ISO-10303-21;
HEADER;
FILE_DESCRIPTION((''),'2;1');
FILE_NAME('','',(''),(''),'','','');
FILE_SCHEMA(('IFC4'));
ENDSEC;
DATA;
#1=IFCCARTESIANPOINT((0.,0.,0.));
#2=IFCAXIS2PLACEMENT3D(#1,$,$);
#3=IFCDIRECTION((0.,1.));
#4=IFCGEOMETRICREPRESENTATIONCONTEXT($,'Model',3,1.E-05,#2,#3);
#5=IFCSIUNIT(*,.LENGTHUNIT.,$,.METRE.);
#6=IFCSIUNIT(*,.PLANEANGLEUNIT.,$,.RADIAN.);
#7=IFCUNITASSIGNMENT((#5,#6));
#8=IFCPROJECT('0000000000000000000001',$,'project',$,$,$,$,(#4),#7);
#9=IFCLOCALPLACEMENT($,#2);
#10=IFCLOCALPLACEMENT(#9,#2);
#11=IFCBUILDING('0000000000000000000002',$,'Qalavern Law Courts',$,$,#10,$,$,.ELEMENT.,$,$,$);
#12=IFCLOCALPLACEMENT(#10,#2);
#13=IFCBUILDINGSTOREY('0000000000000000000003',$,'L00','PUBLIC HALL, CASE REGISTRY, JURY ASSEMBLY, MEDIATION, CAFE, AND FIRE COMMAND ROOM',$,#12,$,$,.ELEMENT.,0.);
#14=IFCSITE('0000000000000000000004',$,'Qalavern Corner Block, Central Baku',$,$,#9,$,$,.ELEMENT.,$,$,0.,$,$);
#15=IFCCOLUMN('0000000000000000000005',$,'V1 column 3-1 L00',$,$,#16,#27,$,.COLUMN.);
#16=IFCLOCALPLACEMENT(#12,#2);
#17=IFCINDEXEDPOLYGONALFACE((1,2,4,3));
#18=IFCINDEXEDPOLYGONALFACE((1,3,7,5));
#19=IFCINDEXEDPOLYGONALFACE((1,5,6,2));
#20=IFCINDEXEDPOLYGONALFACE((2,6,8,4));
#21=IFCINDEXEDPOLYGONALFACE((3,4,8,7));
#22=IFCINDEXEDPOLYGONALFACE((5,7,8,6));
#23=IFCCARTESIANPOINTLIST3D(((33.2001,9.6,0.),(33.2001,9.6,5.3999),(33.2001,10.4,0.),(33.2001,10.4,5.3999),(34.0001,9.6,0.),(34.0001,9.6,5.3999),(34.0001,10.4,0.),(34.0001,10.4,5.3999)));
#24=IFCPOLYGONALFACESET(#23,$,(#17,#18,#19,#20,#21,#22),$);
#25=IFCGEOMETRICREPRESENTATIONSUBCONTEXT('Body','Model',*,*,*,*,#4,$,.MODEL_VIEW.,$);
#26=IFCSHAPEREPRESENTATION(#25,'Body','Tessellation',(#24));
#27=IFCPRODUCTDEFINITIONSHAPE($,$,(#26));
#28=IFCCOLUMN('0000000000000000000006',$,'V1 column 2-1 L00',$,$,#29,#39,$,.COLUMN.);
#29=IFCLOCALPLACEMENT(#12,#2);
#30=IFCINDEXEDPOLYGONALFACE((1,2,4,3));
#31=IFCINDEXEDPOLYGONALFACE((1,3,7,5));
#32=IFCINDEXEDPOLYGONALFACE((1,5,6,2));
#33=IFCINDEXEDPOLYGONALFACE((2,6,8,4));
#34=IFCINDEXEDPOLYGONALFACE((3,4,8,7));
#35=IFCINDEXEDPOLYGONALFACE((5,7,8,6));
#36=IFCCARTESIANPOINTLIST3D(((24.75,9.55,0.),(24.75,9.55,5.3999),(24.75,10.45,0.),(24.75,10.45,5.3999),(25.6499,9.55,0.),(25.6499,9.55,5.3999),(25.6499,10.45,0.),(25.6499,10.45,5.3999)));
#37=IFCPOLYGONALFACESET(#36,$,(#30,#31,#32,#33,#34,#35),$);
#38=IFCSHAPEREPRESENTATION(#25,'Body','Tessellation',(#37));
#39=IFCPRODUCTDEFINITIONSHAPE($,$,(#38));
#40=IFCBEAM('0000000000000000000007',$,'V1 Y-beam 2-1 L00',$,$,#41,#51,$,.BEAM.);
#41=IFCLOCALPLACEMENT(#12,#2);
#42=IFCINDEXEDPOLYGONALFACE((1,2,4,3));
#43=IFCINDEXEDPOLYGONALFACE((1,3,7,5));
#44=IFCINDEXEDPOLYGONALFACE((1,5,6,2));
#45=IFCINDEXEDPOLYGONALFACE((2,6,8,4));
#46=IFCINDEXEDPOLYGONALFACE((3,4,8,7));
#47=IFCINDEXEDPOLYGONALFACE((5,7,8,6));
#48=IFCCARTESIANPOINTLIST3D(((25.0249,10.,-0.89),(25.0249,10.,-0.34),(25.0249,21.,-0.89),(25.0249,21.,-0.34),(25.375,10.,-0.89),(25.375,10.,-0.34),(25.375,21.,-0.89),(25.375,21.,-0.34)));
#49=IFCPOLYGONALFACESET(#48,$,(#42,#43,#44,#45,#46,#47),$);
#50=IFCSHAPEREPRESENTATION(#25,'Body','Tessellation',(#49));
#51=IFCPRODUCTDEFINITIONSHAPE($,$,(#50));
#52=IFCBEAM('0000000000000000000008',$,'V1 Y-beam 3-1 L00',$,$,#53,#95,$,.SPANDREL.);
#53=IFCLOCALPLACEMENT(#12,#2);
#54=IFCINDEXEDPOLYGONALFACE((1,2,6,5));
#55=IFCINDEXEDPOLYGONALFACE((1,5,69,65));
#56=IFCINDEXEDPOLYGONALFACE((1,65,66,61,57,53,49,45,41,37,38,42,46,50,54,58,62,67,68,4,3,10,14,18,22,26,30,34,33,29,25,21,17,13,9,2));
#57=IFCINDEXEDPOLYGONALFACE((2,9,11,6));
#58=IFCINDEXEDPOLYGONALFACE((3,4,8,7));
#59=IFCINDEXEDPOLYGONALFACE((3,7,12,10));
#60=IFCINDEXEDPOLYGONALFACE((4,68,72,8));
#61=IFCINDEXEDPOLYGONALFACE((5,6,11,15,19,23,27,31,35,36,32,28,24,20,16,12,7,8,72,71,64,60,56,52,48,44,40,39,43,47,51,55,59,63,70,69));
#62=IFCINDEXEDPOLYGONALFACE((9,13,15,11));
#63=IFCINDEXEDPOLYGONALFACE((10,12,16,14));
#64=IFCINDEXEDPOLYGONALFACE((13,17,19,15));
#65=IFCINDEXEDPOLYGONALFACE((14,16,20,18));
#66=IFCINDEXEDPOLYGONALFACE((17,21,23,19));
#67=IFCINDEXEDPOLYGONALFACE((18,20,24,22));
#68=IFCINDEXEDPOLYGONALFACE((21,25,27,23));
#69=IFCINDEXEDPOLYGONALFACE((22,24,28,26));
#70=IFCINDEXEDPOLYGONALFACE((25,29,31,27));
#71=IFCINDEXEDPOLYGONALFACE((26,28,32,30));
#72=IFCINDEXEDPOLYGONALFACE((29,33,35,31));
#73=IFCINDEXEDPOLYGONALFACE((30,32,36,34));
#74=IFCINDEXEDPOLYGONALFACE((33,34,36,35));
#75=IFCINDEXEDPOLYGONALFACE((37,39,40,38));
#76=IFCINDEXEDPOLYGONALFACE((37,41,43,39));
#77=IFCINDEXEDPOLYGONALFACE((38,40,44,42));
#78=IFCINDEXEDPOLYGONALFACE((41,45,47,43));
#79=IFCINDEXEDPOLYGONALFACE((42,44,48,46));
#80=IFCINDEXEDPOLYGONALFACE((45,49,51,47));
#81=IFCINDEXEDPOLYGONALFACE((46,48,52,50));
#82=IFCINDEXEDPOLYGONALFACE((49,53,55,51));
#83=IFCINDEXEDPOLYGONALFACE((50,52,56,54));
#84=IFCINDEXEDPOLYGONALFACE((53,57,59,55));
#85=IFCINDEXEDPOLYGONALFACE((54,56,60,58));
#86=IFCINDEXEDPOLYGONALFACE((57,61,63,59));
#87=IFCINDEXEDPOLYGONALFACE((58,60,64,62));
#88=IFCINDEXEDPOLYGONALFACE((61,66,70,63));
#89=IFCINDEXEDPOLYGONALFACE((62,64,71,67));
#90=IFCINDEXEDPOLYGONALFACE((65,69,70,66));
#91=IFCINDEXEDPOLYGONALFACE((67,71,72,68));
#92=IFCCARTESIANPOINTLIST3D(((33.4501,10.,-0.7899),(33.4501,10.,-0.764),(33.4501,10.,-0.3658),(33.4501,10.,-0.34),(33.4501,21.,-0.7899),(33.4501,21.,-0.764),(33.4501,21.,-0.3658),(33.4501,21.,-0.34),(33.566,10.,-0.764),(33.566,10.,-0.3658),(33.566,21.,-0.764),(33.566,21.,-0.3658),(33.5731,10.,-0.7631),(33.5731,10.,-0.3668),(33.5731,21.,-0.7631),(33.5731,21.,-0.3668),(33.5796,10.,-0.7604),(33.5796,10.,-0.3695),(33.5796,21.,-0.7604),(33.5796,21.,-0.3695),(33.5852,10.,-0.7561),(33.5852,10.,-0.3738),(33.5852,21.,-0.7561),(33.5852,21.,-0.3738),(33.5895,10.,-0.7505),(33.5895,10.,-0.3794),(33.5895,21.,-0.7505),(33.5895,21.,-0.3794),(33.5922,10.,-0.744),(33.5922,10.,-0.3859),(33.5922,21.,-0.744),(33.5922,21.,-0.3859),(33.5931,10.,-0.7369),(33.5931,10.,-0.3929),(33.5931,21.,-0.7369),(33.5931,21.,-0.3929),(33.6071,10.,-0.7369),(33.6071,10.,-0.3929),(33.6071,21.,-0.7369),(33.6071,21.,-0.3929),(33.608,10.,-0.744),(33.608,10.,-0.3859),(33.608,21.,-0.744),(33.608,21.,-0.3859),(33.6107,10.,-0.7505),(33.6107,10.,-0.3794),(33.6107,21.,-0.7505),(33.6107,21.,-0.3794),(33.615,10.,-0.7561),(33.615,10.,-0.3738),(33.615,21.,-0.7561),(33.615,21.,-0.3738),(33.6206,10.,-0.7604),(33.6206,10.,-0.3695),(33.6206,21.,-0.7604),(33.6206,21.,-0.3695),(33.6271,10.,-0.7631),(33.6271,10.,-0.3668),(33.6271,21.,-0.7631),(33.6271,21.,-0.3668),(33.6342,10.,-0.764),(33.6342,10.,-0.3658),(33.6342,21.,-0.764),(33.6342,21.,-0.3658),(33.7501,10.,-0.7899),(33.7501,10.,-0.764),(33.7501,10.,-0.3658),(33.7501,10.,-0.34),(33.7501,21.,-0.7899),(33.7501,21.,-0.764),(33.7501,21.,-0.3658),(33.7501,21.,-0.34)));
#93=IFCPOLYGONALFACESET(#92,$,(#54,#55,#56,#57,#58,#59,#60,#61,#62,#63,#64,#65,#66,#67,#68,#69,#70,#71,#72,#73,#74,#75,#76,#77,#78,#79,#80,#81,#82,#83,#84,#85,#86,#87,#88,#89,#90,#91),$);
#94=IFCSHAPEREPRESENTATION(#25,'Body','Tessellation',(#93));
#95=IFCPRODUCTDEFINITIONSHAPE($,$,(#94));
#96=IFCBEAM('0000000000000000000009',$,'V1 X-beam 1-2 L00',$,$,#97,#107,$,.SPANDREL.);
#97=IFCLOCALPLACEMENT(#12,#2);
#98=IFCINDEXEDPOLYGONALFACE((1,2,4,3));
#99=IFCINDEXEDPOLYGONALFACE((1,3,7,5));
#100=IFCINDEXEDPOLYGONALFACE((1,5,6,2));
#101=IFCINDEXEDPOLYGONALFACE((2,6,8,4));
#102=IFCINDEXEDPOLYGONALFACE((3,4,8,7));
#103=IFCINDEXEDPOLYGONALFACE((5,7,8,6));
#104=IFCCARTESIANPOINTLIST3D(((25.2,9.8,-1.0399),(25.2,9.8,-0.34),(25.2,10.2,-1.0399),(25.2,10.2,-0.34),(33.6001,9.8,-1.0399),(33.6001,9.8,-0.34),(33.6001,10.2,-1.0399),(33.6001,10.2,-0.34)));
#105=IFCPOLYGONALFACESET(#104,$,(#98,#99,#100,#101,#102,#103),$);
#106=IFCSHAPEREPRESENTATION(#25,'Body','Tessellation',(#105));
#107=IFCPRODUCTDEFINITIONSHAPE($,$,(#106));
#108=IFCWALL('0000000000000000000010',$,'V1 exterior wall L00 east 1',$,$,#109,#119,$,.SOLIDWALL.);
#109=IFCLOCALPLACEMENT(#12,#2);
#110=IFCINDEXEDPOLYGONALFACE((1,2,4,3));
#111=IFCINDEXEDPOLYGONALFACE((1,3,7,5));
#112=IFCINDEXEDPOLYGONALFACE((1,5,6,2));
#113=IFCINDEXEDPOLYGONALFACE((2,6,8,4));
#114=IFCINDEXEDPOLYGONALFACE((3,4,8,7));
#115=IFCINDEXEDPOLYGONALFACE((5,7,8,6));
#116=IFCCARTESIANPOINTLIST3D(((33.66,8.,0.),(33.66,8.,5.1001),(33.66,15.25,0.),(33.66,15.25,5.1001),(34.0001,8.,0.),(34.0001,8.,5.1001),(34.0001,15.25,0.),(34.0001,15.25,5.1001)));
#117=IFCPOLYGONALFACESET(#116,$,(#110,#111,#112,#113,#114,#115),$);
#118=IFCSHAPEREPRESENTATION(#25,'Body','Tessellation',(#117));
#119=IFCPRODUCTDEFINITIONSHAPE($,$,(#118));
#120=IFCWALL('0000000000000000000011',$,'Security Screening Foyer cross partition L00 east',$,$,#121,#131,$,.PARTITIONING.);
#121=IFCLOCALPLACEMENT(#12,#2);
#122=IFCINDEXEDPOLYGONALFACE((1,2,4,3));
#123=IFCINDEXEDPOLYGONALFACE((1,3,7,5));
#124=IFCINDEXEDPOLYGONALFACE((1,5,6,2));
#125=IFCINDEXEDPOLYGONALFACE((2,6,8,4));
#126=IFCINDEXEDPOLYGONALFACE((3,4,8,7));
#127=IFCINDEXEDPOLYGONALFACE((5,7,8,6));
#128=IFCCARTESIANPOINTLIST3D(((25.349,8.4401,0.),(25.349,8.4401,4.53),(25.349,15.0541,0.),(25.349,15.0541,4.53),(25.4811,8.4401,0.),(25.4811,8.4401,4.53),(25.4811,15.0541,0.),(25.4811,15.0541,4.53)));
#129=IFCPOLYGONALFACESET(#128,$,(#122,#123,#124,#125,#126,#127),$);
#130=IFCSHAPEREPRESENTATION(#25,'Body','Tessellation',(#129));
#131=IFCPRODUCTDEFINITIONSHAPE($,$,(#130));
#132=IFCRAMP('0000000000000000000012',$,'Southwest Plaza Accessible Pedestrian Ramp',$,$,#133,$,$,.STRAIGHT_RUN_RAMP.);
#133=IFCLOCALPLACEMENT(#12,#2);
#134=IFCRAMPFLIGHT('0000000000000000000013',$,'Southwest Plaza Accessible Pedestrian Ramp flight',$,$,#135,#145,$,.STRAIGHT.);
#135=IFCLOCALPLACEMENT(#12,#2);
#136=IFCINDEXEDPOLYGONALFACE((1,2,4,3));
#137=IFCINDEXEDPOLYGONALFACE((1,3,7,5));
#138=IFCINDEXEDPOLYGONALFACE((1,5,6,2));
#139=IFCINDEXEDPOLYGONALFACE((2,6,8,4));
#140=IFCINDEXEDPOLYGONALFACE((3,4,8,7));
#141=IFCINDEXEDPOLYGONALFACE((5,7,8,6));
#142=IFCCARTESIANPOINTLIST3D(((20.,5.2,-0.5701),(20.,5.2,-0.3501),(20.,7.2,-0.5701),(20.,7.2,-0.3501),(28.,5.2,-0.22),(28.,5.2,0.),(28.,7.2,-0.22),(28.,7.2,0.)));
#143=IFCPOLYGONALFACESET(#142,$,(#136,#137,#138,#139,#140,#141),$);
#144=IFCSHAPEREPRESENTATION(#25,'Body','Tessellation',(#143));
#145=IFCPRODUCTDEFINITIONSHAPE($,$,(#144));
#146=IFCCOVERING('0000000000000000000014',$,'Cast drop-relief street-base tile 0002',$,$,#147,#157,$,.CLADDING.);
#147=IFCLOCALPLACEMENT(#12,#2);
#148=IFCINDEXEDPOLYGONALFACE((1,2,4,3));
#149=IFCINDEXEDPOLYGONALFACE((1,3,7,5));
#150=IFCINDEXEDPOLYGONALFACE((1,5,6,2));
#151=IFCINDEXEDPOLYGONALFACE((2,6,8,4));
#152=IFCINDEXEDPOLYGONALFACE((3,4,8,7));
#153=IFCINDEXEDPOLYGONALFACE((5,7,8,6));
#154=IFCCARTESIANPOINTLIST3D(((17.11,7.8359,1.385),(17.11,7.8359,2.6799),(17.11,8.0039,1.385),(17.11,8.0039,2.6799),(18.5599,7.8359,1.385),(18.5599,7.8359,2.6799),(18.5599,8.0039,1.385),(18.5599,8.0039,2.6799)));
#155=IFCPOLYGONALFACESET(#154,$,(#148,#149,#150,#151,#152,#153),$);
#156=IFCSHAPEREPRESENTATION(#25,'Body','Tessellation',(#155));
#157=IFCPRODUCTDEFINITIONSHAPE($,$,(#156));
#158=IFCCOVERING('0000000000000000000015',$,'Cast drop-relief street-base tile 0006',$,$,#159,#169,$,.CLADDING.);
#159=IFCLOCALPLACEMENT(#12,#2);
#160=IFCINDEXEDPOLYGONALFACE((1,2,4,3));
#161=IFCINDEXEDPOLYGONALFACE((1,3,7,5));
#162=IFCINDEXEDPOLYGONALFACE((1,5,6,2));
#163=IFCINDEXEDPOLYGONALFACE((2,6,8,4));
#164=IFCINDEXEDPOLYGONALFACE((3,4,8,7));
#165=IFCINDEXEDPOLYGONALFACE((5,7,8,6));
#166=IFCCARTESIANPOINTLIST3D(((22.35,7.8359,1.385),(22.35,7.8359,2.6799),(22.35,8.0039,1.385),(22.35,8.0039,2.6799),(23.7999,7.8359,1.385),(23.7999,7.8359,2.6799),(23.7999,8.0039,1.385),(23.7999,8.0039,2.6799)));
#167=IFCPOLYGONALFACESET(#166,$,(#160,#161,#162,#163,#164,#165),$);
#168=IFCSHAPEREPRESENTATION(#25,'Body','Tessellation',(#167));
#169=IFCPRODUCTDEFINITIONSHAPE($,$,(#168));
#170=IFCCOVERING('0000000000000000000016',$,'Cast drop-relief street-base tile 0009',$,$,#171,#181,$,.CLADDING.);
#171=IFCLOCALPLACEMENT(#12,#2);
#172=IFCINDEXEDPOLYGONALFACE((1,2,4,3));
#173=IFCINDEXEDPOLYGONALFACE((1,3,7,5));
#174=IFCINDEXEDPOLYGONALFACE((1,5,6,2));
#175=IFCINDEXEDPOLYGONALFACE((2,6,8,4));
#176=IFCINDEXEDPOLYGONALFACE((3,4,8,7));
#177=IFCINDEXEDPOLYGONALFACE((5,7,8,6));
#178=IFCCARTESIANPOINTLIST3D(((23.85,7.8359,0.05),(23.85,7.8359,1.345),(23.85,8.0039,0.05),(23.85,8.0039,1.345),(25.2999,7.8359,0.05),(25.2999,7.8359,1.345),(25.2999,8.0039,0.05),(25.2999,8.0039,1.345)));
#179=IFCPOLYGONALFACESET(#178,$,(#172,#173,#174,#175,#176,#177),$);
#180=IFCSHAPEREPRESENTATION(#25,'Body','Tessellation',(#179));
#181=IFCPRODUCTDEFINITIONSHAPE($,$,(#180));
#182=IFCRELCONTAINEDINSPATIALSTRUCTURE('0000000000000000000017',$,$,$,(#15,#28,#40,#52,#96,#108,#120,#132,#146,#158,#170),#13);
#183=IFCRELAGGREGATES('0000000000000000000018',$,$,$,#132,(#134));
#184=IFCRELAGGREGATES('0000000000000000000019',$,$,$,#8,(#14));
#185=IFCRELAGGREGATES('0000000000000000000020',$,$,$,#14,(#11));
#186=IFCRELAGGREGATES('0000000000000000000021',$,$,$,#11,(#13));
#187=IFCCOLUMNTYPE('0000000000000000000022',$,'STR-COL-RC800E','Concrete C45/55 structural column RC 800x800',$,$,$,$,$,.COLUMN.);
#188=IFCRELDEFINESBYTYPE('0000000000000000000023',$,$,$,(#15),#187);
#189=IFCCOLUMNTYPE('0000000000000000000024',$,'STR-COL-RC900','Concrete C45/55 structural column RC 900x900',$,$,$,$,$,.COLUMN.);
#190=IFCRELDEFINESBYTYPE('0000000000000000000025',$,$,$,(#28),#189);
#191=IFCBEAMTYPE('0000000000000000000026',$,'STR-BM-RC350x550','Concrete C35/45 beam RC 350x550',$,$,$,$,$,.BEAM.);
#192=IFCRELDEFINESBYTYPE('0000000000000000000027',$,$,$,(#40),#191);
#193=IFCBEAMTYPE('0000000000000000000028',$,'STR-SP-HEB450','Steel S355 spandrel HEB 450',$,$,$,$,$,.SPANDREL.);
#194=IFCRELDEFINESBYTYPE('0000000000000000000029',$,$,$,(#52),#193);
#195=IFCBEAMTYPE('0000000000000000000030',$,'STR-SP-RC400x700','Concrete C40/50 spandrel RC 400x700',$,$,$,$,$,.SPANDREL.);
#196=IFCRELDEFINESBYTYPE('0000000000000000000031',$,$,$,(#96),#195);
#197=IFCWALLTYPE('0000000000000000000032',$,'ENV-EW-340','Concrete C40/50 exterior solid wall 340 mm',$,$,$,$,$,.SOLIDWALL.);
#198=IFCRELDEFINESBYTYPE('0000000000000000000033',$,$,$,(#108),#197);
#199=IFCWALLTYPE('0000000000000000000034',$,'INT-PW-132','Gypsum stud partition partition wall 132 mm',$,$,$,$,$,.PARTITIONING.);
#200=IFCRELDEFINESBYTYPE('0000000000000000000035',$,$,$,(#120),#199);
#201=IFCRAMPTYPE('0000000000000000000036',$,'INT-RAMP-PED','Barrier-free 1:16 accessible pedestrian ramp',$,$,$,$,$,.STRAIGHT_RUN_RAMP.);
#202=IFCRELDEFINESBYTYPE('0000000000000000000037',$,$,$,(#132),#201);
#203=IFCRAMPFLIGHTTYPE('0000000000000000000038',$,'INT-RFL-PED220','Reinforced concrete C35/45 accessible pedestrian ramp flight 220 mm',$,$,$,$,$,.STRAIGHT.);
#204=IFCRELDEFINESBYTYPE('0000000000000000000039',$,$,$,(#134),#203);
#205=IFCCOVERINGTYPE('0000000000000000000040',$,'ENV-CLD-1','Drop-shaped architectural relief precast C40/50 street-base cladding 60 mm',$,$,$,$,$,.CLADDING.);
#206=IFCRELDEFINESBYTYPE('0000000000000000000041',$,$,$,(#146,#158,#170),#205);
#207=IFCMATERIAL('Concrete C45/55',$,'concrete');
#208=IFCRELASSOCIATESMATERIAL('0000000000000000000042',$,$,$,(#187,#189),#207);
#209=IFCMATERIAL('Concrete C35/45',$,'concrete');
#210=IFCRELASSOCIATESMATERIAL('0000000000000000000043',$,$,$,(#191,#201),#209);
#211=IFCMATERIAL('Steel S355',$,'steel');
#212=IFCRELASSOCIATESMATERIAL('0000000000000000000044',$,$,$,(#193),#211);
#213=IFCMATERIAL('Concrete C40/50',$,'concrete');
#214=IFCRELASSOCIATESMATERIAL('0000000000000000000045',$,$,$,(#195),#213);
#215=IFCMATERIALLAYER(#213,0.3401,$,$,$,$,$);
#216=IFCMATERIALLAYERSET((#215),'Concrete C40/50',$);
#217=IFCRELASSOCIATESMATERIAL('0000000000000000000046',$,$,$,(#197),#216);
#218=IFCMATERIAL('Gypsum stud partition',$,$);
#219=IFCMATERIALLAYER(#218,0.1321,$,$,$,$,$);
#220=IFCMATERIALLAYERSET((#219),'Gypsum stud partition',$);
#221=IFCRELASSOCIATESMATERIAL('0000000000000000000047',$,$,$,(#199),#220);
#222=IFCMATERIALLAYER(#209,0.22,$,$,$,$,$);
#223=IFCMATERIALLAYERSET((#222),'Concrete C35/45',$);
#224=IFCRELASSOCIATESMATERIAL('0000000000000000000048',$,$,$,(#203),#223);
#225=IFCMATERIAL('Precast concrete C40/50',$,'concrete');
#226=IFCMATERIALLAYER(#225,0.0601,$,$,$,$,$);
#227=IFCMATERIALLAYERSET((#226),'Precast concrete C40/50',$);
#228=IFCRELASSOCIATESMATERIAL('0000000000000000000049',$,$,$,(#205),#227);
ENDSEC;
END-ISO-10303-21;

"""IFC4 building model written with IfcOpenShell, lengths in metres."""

from ifc_helpers import new_model, si_unit, direction, frame, frame_2d, origin, origin_2d, place, context, subcontext, project, spatial, polyline, rectangle, i_section, outline, extrude, material, layer, layer_set, material_profile, profile_set, type_object, element, aggregate, save


model = new_model("IFC4")

# Units and contexts
model_context = context("Model", 3, precision=1e-05, world=origin(), true_north=direction((0.0, 1.0)))
body_context = subcontext(model_context, "Body", "Model", "MODEL_VIEW")
ifc_project = project(units=[si_unit("LENGTHUNIT", "METRE"), si_unit("PLANEANGLEUNIT", "RADIAN")], contexts=[model_context])

# Site, building, storey
site_placement = place(None, origin())
site = spatial("IfcSite", under=ifc_project, at=site_placement, Name="Qalavern Corner Block, Central Baku", CompositionType="ELEMENT", RefElevation=0.0)
building_placement = place(site_placement, origin())
building = spatial("IfcBuilding", under=site, at=building_placement, Name="Qalavern Law Courts", CompositionType="ELEMENT")
storey_placement = place(building_placement, origin())
storey = spatial("IfcBuildingStorey", under=building, at=storey_placement, Name="L00", Description="PUBLIC HALL, CASE REGISTRY, JURY ASSEMBLY, MEDIATION, CAFE, AND FIRE COMMAND ROOM", CompositionType="ELEMENT", Elevation=0.0)

# Columns
ifc_material_1 = material(Name="Concrete C45/55", Category="concrete")
ifc_material_profile_1 = material_profile(ifc_material_1, rectangle(XDim=0.8, YDim=0.8, at=origin_2d()), Name="RC 800x800")
ifc_profile_set_1 = profile_set([ifc_material_profile_1], Name="Concrete C45/55")
column_type_1 = type_object("IfcColumnType", Name="STR-COL-RC800E", Description="Concrete C45/55 structural column RC 800x800", PredefinedType="COLUMN", material=ifc_profile_set_1)
column_1_placement = place(storey_placement, frame((33.6001, 10.0, 0.0), z_axis=(0.0, 0.0, 1.0), x_axis=(1.0, 0.0, 0.0)))
element("IfcColumn", 1, at=column_1_placement, inside=storey, type_object=column_type_1, Name="V1 column 3-1 L00", PredefinedType="COLUMN", context=body_context, shape_type="SweptSolid", body=[
    extrude(rectangle(XDim=0.8, YDim=0.8, at=origin_2d()), origin(), (0.0, 0.0, 1.0), 5.3999),
])
ifc_material_profile_2 = material_profile(ifc_material_1, rectangle(XDim=0.8999, YDim=0.8999, at=origin_2d()), Name="RC 900x900")
ifc_profile_set_2 = profile_set([ifc_material_profile_2], Name="Concrete C45/55")
column_type_2 = type_object("IfcColumnType", Name="STR-COL-RC900", Description="Concrete C45/55 structural column RC 900x900", PredefinedType="COLUMN", material=ifc_profile_set_2)
column_2_placement = place(storey_placement, frame((25.2, 10.0, 0.0), z_axis=(0.0, 0.0, 1.0), x_axis=(1.0, 0.0, 0.0)))
element("IfcColumn", 2, at=column_2_placement, inside=storey, type_object=column_type_2, Name="V1 column 2-1 L00", PredefinedType="COLUMN", context=body_context, shape_type="SweptSolid", body=[
    extrude(rectangle(XDim=0.8999, YDim=0.8999, at=origin_2d()), origin(), (0.0, 0.0, 1.0), 5.3999),
])

# Beams
ifc_material_2 = material(Name="Concrete C35/45", Category="concrete")
ifc_material_profile_3 = material_profile(ifc_material_2, rectangle(XDim=0.3501, YDim=0.55, at=origin_2d()), Name="RC 350x550")
ifc_profile_set_3 = profile_set([ifc_material_profile_3], Name="Concrete C35/45")
beam_type_1 = type_object("IfcBeamType", Name="STR-BM-RC350x550", Description="Concrete C35/45 beam RC 350x550", PredefinedType="BEAM", material=ifc_profile_set_3)
beam_1_placement = place(storey_placement, frame((25.2, 10.0, -0.615), z_axis=(0.0, 1.0, 0.0), x_axis=(-1.0, 0.0, 0.0)))
element("IfcBeam", 3, at=beam_1_placement, inside=storey, type_object=beam_type_1, Name="V1 Y-beam 2-1 L00", PredefinedType="BEAM", context=body_context, shape_type="SweptSolid", body=[
    extrude(rectangle(XDim=0.3501, YDim=0.55, at=origin_2d()), origin(), (0.0, 0.0, 1.0), 11.0),
])
ifc_material_3 = material(Name="Steel S355", Category="steel")
ifc_material_profile_4 = material_profile(ifc_material_3, i_section(OverallWidth=0.3, OverallDepth=0.45, WebThickness=0.0139, FlangeThickness=0.0259, FilletRadius=0.0271, at=origin_2d()), Name="HEB 450")
ifc_profile_set_4 = profile_set([ifc_material_profile_4], Name="Steel S355")
beam_type_2 = type_object("IfcBeamType", Name="STR-SP-HEB450", Description="Steel S355 spandrel HEB 450", PredefinedType="SPANDREL", material=ifc_profile_set_4)
beam_2_placement = place(storey_placement, frame((33.6001, 10.0, -0.5649), z_axis=(0.0, 1.0, 0.0), x_axis=(-1.0, 0.0, 0.0)))
element("IfcBeam", 4, at=beam_2_placement, inside=storey, type_object=beam_type_2, Name="V1 Y-beam 3-1 L00", PredefinedType="SPANDREL", context=body_context, shape_type="SweptSolid", body=[
    extrude(i_section(OverallWidth=0.3, OverallDepth=0.45, WebThickness=0.0139, FlangeThickness=0.0259, FilletRadius=0.0271, at=origin_2d()), origin(), (0.0, 0.0, 1.0), 11.0),
])
ifc_material_4 = material(Name="Concrete C40/50", Category="concrete")
ifc_material_profile_5 = material_profile(ifc_material_4, rectangle(XDim=0.3999, YDim=0.7, at=origin_2d()), Name="RC 400x700")
ifc_profile_set_5 = profile_set([ifc_material_profile_5], Name="Concrete C40/50")
beam_type_3 = type_object("IfcBeamType", Name="STR-SP-RC400x700", Description="Concrete C40/50 spandrel RC 400x700", PredefinedType="SPANDREL", material=ifc_profile_set_5)
beam_3_placement = place(storey_placement, frame((25.2, 10.0, -0.6899), z_axis=(1.0, 0.0, 0.0), x_axis=(0.0, 1.0, 0.0)))
element("IfcBeam", 5, at=beam_3_placement, inside=storey, type_object=beam_type_3, Name="V1 X-beam 1-2 L00", PredefinedType="SPANDREL", context=body_context, shape_type="SweptSolid", body=[
    extrude(rectangle(XDim=0.3999, YDim=0.7, at=origin_2d()), origin(), (0.0, 0.0, 1.0), 8.4001),
])

# Walls
ifc_layer_1 = layer(ifc_material_4, 0.3401)
ifc_layer_set_1 = layer_set([ifc_layer_1], Name="Concrete C40/50")
wall_type_1 = type_object("IfcWallType", Name="ENV-EW-340", Description="Concrete C40/50 exterior solid wall 340 mm", PredefinedType="SOLIDWALL", material=ifc_layer_set_1)
wall_1_placement = place(storey_placement, frame((33.8301, 8.0, 0.0), z_axis=(0.0, 0.0, 1.0), x_axis=(0.0, 1.0, 0.0)))
element("IfcWall", 6, at=wall_1_placement, inside=storey, type_object=wall_type_1, Name="V1 exterior wall L00 east 1", PredefinedType="SOLIDWALL", context=body_context, shape_type="SweptSolid", body=[
    extrude(rectangle(XDim=7.25, YDim=0.3401, at=frame_2d((3.625, 0.0))), origin(), (0.0, 0.0, 1.0), 5.1001),
])
ifc_material_5 = material(Name="Gypsum stud partition")
ifc_layer_2 = layer(ifc_material_5, 0.1321)
ifc_layer_set_2 = layer_set([ifc_layer_2], Name="Gypsum stud partition")
wall_type_2 = type_object("IfcWallType", Name="INT-PW-132", Description="Gypsum stud partition partition wall 132 mm", PredefinedType="PARTITIONING", material=ifc_layer_set_2)
wall_2_placement = place(storey_placement, frame((25.415, 8.4399, 0.0), z_axis=(0.0, 0.0, 1.0), x_axis=(0.0, 1.0, 0.0)))
element("IfcWall", 7, at=wall_2_placement, inside=storey, type_object=wall_type_2, Name="Security Screening Foyer cross partition L00 east", PredefinedType="PARTITIONING", context=body_context, shape_type="SweptSolid", body=[
    extrude(rectangle(XDim=6.614, YDim=0.1321, at=frame_2d((3.3071, 0.0))), origin(), (0.0, 0.0, 1.0), 4.53),
])

# Ramp, ramp flight
ramp_type = type_object("IfcRampType", Name="INT-RAMP-PED", Description="Barrier-free 1:16 accessible pedestrian ramp", PredefinedType="STRAIGHT_RUN_RAMP", material=ifc_material_2)
ramp_placement = place(storey_placement, origin())
ramp = element("IfcRamp", 8, at=ramp_placement, inside=storey, type_object=ramp_type, Name="Southwest Plaza Accessible Pedestrian Ramp", PredefinedType="STRAIGHT_RUN_RAMP")
ifc_layer_3 = layer(ifc_material_2, 0.22)
ifc_layer_set_3 = layer_set([ifc_layer_3], Name="Concrete C35/45")
ramp_flight_type = type_object("IfcRampFlightType", Name="INT-RFL-PED220", Description="Reinforced concrete C35/45 accessible pedestrian ramp flight 220 mm", PredefinedType="STRAIGHT", material=ifc_layer_set_3)
ramp_flight_placement = place(storey_placement, frame((20.0, 6.2, -0.3501), z_axis=(0.0, 0.0, 1.0), x_axis=(1.0, 0.0, 0.0)))
ramp_flight = element("IfcRampFlight", 9, at=ramp_flight_placement, type_object=ramp_flight_type, Name="Southwest Plaza Accessible Pedestrian Ramp flight", PredefinedType="STRAIGHT", context=body_context, shape_type="SweptSolid", body=[
    extrude(outline(polyline([(0.0, -0.22), (8.0, 0.1301), (8.0, 0.3501), (0.0, 0.0), (0.0, -0.22)])), frame((0.0, 1.0, 0.0), z_axis=(0.0, -1.0, 0.0), x_axis=(1.0, 0.0, 0.0)), (0.0, 0.0, 1.0), 2.0),
])
aggregate(ramp, [ramp_flight])

# Coverings
ifc_material_6 = material(Name="Precast concrete C40/50", Category="concrete")
ifc_layer_4 = layer(ifc_material_6, 0.0601)
ifc_layer_set_4 = layer_set([ifc_layer_4], Name="Precast concrete C40/50")
covering_type_1 = type_object("IfcCoveringType", Name="ENV-CLD-1", Description="Drop-shaped architectural relief precast C40/50 street-base cladding 60 mm", PredefinedType="CLADDING", material=ifc_layer_set_4)
for number, where, z_axis, x_axis, name in (
    (10, (17.835, 7.9199, 1.385), (0.0, 0.0, 1.0), (1.0, 0.0, 0.0), "Cast drop-relief street-base tile 0002"),
    (11, (23.075, 7.9199, 1.385), (0.0, 0.0, 1.0), (1.0, 0.0, 0.0), "Cast drop-relief street-base tile 0006"),
    (12, (24.575, 7.9199, 0.05), (0.0, 0.0, 1.0), (1.0, 0.0, 0.0), "Cast drop-relief street-base tile 0009"),
):
    element("IfcCovering", number, at=place(storey_placement, frame(where, z_axis=z_axis, x_axis=x_axis)), inside=storey, type_object=covering_type_1, Name=name, PredefinedType="CLADDING", context=body_context, shape_type="SweptSolid", body=[
        extrude(rectangle(XDim=1.45, YDim=0.168, at=origin_2d()), origin(), (0.0, 0.0, 1.0), 1.2949),
    ])

save(model, "model.ifc")
